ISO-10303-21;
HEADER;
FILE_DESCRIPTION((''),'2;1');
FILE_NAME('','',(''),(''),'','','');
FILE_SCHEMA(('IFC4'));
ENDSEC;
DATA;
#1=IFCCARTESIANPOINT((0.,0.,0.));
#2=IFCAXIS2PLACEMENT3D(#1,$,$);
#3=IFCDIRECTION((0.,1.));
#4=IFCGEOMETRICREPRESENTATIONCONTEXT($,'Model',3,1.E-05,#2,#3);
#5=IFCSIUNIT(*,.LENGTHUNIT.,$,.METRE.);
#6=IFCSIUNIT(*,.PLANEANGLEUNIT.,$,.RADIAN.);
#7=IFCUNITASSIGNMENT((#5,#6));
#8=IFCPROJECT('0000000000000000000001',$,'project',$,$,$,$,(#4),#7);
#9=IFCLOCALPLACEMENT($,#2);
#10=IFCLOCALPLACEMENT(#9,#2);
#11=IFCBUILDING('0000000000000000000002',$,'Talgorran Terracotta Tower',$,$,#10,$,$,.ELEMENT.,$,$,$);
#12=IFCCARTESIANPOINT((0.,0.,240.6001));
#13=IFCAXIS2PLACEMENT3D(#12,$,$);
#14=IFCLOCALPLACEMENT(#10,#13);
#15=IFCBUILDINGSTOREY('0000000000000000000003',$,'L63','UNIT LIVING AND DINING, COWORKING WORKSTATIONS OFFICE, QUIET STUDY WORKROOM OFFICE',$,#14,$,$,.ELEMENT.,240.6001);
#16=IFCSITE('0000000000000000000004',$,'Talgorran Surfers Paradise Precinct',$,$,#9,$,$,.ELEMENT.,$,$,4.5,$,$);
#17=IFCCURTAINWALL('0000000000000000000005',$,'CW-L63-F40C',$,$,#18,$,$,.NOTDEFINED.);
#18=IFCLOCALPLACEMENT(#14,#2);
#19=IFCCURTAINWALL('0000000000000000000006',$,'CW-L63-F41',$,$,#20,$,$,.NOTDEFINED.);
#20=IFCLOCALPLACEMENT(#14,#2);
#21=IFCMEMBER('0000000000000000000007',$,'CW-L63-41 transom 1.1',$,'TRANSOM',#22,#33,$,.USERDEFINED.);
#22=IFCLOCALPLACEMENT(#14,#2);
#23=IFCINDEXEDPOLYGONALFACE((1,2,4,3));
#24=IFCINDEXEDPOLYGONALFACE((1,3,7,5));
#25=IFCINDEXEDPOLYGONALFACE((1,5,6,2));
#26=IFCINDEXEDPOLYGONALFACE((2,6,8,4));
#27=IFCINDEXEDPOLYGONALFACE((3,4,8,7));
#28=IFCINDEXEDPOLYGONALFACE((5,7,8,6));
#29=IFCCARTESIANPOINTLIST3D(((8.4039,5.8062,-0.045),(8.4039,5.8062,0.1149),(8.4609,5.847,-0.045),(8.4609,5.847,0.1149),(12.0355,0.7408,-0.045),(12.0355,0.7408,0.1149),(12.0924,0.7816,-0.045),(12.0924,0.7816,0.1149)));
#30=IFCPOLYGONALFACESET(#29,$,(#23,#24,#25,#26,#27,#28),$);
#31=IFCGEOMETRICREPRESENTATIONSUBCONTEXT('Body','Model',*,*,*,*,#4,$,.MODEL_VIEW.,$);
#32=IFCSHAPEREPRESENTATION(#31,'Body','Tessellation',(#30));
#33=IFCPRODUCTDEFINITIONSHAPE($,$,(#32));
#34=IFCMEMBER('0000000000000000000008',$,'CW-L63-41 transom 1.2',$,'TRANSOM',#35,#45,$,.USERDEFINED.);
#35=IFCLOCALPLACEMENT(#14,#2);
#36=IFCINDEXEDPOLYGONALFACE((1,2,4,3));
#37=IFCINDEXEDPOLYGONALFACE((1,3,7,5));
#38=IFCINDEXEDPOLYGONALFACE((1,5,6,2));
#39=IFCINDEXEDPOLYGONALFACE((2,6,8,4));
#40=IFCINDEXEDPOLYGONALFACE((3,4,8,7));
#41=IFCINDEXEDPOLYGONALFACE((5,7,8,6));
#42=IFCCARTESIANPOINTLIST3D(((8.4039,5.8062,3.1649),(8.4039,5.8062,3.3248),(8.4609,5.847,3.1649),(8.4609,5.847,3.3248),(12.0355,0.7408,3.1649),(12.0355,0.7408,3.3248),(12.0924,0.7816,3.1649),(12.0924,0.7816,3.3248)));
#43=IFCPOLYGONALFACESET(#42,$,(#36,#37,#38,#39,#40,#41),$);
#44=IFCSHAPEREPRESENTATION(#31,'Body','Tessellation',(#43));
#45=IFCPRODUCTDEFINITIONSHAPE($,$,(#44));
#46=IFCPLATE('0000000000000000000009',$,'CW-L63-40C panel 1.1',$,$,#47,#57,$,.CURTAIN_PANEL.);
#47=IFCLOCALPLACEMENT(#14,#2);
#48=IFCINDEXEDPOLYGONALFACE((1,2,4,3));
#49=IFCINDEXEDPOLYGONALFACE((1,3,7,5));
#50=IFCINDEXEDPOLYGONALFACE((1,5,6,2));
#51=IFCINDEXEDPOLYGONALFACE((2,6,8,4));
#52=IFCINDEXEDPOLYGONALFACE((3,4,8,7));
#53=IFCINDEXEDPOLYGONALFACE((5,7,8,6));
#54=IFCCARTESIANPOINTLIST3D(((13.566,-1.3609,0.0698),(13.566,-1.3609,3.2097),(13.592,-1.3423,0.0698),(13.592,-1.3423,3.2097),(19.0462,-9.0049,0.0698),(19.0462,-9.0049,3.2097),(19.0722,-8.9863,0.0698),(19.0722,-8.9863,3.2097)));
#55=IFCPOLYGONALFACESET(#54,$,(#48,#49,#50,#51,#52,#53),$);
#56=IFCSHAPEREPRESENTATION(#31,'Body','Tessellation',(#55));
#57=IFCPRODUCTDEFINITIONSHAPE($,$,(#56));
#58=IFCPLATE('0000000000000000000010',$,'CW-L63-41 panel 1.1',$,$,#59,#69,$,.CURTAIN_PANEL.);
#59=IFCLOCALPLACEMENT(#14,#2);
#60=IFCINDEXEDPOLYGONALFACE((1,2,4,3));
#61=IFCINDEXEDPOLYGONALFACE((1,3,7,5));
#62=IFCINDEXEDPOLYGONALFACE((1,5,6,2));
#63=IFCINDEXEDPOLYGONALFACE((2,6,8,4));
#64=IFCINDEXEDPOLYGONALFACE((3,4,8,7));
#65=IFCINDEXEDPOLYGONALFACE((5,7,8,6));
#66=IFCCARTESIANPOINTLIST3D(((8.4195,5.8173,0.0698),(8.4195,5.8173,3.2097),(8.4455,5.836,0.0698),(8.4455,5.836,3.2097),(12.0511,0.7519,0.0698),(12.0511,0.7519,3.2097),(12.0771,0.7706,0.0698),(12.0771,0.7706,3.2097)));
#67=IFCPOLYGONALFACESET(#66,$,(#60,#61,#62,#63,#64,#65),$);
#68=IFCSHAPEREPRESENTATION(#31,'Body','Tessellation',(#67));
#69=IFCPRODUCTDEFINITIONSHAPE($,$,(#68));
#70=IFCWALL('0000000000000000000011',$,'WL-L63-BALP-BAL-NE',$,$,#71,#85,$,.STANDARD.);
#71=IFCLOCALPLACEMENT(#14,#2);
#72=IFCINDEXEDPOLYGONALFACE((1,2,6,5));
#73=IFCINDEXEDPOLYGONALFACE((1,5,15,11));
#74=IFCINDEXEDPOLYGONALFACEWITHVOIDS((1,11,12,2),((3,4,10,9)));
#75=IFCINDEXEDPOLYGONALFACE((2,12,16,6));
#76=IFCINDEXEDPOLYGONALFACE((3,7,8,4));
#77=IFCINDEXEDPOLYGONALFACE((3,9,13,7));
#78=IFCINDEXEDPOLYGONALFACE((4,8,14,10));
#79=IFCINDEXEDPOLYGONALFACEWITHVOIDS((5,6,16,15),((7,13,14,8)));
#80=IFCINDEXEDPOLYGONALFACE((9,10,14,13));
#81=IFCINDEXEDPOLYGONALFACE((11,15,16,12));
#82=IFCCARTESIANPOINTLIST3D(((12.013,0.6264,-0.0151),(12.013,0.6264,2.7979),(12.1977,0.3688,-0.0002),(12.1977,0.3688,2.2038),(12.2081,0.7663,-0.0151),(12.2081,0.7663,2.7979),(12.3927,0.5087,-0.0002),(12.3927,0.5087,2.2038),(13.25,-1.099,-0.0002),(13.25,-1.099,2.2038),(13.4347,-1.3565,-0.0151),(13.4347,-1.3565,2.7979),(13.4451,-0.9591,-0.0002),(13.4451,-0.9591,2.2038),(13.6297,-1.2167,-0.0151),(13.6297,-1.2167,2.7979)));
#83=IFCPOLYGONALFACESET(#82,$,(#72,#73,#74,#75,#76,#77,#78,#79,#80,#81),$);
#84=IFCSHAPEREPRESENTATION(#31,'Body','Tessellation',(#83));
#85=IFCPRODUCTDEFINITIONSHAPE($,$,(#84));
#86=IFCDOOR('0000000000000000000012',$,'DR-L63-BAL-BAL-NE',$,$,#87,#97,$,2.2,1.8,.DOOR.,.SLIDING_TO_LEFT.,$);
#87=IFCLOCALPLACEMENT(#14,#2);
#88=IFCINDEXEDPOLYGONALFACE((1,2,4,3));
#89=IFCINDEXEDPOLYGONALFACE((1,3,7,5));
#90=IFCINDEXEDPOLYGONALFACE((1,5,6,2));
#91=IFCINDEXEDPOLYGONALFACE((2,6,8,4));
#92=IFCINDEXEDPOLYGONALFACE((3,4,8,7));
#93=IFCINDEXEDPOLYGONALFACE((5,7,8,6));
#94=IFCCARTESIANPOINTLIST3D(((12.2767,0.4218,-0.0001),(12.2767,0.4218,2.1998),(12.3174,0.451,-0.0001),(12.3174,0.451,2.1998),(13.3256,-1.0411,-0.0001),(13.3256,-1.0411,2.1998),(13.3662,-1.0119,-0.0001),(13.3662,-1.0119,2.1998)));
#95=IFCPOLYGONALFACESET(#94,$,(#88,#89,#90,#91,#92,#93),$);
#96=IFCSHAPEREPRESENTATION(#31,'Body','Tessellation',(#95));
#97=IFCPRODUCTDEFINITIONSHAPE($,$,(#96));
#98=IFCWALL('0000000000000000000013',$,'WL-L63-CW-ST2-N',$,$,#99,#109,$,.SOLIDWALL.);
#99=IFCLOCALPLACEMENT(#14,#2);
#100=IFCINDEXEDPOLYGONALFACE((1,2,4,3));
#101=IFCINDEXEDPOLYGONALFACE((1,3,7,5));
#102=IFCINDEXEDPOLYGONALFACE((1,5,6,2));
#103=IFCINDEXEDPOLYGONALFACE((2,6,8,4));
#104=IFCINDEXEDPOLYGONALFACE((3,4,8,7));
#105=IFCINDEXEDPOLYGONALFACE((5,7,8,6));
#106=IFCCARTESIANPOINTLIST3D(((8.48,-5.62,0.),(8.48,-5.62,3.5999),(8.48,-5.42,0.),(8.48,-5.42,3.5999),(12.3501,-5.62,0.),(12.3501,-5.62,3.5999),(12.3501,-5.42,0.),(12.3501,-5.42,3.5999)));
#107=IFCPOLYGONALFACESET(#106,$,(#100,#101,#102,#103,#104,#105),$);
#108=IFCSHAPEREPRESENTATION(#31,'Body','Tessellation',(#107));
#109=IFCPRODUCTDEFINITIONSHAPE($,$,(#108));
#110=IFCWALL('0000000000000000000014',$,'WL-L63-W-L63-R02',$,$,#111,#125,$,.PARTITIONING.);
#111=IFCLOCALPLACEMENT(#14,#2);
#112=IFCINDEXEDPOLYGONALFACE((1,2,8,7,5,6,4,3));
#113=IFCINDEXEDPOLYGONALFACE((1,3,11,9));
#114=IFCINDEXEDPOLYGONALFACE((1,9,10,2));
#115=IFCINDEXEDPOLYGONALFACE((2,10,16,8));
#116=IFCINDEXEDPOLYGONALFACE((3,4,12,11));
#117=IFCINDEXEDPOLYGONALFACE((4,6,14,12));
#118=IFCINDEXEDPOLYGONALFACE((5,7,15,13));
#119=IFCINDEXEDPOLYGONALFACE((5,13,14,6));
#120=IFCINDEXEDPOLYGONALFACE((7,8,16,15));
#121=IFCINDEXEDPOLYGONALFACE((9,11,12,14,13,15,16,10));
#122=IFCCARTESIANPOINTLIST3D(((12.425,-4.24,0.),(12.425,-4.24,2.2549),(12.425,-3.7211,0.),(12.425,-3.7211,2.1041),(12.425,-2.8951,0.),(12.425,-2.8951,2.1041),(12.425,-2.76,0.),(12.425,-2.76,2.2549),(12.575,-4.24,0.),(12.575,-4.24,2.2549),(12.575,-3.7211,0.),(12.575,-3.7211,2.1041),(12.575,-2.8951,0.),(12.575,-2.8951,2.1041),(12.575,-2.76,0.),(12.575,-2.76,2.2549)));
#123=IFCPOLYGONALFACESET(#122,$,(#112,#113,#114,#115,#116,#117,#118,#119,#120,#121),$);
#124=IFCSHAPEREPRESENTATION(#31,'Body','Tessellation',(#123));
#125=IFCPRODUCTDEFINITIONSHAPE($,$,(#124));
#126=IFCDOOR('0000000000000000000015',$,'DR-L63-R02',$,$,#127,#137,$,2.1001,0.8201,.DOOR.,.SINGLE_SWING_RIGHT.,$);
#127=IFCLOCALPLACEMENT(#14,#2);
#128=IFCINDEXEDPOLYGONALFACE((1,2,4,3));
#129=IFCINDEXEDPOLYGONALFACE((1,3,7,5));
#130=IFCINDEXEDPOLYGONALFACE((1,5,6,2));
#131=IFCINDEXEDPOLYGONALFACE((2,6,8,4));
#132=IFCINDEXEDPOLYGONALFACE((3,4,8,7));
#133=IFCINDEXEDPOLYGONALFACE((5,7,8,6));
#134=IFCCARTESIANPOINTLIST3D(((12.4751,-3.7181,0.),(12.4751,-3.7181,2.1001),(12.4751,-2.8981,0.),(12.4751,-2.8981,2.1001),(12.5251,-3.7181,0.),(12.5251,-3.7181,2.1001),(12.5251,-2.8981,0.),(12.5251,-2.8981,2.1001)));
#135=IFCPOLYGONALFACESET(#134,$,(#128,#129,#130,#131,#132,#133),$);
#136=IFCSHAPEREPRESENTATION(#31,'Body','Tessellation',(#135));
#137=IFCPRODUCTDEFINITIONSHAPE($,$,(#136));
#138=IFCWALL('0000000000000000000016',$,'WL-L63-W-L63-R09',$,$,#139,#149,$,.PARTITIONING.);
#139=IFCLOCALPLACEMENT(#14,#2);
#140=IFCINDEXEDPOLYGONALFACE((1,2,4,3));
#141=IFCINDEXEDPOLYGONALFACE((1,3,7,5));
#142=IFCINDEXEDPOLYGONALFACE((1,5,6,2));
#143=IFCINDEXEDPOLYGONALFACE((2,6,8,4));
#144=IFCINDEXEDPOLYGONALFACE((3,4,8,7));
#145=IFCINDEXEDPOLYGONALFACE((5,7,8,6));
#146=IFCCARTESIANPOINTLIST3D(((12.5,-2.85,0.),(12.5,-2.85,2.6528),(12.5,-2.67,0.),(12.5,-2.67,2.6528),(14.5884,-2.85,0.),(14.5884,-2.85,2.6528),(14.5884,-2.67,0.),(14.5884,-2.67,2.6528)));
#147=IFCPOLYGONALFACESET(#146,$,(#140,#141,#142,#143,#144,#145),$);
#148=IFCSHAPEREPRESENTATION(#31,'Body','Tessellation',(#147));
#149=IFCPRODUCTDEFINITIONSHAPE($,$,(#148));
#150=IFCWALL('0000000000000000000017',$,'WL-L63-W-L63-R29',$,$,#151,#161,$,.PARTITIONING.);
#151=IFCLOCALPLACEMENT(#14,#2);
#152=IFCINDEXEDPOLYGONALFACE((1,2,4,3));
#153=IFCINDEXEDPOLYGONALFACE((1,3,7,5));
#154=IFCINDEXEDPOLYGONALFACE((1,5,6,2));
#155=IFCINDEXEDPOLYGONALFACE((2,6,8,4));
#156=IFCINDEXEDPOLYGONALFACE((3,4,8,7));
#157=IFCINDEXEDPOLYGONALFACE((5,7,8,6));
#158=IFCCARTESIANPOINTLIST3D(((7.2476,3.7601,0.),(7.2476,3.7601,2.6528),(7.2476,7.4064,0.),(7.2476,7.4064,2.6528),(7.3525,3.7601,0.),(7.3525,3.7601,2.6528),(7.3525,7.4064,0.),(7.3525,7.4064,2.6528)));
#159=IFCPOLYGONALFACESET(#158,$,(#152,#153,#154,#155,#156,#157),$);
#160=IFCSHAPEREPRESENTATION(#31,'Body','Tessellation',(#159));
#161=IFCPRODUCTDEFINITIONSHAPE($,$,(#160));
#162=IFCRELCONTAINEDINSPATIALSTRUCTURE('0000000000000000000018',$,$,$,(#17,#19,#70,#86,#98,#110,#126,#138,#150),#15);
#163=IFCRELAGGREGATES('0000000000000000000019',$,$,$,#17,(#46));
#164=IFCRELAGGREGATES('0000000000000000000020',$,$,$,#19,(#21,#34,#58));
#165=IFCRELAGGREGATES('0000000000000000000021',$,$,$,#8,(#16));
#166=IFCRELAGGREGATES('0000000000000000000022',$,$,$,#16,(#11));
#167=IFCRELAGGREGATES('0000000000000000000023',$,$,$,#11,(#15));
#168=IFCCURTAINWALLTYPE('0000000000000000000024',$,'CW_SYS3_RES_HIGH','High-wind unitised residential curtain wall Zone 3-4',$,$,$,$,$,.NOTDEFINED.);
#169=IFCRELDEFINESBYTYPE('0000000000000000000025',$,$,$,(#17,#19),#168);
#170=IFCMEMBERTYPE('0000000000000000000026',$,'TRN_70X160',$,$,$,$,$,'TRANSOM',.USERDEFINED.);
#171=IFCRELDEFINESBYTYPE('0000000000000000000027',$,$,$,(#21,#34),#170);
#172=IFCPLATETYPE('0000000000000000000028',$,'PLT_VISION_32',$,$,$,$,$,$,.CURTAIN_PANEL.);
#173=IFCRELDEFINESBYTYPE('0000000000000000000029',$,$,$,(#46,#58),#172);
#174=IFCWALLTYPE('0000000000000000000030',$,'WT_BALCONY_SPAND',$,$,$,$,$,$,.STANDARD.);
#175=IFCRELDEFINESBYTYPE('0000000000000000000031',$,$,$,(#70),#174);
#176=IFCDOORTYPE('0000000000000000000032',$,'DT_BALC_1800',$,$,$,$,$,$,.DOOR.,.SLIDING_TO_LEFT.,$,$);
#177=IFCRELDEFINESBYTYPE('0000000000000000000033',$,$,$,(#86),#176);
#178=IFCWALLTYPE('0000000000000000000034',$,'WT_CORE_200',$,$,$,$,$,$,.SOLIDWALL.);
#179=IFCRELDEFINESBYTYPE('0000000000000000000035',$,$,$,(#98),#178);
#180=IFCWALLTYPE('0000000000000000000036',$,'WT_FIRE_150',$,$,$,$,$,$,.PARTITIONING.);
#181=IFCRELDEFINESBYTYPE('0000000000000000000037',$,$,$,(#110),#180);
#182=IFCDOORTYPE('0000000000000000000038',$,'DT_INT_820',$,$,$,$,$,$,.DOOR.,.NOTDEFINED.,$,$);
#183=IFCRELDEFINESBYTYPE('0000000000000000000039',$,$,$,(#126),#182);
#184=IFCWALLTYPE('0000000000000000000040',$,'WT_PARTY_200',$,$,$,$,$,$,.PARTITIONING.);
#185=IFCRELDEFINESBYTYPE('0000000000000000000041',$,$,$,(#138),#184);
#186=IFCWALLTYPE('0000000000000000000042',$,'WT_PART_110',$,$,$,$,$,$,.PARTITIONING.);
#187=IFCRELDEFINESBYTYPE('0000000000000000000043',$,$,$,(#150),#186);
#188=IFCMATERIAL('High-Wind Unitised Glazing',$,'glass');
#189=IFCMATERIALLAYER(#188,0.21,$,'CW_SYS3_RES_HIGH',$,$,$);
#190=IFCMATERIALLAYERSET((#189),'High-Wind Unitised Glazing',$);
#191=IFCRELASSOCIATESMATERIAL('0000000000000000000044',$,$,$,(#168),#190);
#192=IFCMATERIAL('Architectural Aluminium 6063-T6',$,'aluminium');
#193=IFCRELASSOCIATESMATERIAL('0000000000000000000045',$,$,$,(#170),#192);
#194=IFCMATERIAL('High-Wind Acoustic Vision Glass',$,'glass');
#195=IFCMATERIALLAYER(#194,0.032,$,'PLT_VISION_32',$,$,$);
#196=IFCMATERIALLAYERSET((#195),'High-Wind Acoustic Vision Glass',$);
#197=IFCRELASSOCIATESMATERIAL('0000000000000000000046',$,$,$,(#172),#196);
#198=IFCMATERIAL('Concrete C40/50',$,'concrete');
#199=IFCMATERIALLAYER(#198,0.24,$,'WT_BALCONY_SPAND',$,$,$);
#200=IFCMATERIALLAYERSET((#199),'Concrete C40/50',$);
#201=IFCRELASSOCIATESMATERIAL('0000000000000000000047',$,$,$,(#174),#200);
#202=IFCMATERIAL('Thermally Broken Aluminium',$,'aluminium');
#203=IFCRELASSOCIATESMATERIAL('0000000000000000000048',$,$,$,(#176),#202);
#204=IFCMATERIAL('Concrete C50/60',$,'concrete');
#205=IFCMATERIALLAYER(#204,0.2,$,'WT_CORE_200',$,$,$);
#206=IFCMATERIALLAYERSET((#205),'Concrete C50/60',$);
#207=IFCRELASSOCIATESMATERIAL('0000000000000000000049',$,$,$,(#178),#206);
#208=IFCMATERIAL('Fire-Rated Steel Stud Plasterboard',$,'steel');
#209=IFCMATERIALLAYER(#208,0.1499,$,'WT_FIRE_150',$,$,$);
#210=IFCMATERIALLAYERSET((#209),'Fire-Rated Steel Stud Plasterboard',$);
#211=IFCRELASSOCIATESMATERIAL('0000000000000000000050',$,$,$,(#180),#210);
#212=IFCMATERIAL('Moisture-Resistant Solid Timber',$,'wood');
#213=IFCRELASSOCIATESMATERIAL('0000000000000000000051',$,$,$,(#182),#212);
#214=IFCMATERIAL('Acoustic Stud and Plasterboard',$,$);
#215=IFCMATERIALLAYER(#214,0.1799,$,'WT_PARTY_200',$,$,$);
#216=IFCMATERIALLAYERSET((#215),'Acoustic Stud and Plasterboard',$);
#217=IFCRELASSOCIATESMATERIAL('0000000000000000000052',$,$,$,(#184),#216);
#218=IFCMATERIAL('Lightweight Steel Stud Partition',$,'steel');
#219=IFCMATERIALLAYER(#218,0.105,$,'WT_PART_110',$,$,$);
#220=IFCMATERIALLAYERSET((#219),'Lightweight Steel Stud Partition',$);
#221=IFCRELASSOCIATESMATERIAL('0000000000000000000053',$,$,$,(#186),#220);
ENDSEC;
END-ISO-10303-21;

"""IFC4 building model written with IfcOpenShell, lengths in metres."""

from ifc_helpers import new_model, si_unit, direction, frame, frame_2d, origin, origin_2d, place, context, subcontext, project, spatial, rectangle, extrude, source, transform, mapped, material, layer, layer_set, material_profile, profile_set, type_object, type_shapes, element, fill, aggregate, save


model = new_model("IFC4")

# Units and contexts
model_context = context("Model", 3, precision=1e-05, world=origin(), true_north=direction((0.0, 1.0)))
body_context = subcontext(model_context, "Body", "Model", "MODEL_VIEW")
ifc_project = project(units=[si_unit("LENGTHUNIT", "METRE"), si_unit("PLANEANGLEUNIT", "RADIAN")], contexts=[model_context])

# Site, building, storey
site_placement = place(None, origin())
site = spatial("IfcSite", under=ifc_project, at=site_placement, Name="Talgorran Surfers Paradise Precinct", CompositionType="ELEMENT", RefElevation=4.5)
building_placement = place(site_placement, origin())
building = spatial("IfcBuilding", under=site, at=building_placement, Name="Talgorran Terracotta Tower", CompositionType="ELEMENT")
storey_placement = place(building_placement, frame((0.0, 0.0, 240.6001)))
storey = spatial("IfcBuildingStorey", under=building, at=storey_placement, Name="L63", Description="UNIT LIVING AND DINING, COWORKING WORKSTATIONS OFFICE, QUIET STUDY WORKROOM OFFICE", CompositionType="ELEMENT", Elevation=240.6001)

# Curtain wall
ifc_material_1 = material(Name="High-Wind Unitised Glazing", Category="glass")
ifc_layer_1 = layer(ifc_material_1, 0.21, Name="CW_SYS3_RES_HIGH")
ifc_layer_set_1 = layer_set([ifc_layer_1], Name="High-Wind Unitised Glazing")
curtain_wall_type = type_object("IfcCurtainWallType", Name="CW_SYS3_RES_HIGH", Description="High-wind unitised residential curtain wall Zone 3-4", PredefinedType="NOTDEFINED", material=ifc_layer_set_1)
curtain_wall_1_placement = place(storey_placement, origin())
curtain_wall_1 = element("IfcCurtainWall", 1, at=curtain_wall_1_placement, inside=storey, type_object=curtain_wall_type, Name="CW-L63-F40C", PredefinedType="NOTDEFINED")
ifc_material_2 = material(Name="Architectural Aluminium 6063-T6", Category="aluminium")

# Curtain wall, members
curtain_wall_2_placement = place(storey_placement, origin())
curtain_wall_2 = element("IfcCurtainWall", 2, at=curtain_wall_2_placement, inside=storey, type_object=curtain_wall_type, Name="CW-L63-F41", PredefinedType="NOTDEFINED")
ifc_material_profile_1 = material_profile(ifc_material_2, rectangle(XDim=0.0701, YDim=0.1599, at=origin_2d()), Name="CWT70X160")
ifc_profile_set_1 = profile_set([ifc_material_profile_1], Name="Architectural Aluminium 6063-T6")
member_type_1 = type_object("IfcMemberType", Name="TRN_70X160", ElementType="TRANSOM", PredefinedType="USERDEFINED", material=ifc_profile_set_1)
member_1_placement = place(storey_placement, frame((12.064, 0.7612, 0.0349), z_axis=(-0.582664, 0.812713, 0.0), x_axis=(-0.812713, -0.582664, 0.0)))
member_1 = element("IfcMember", 3, at=member_1_placement, type_object=member_type_1, Name="CW-L63-41 transom 1.1", ObjectType="TRANSOM", PredefinedType="USERDEFINED", context=body_context, shape_type="SweptSolid", body=[
    extrude(rectangle(XDim=0.0701, YDim=0.1599, at=origin_2d()), origin(), (0.0, 0.0, 1.0), 6.2327),
])
member_2_placement = place(storey_placement, frame((12.064, 0.7612, 3.2449), z_axis=(-0.582664, 0.812713, 0.0), x_axis=(-0.812713, -0.582664, 0.0)))
member_2 = element("IfcMember", 4, at=member_2_placement, type_object=member_type_1, Name="CW-L63-41 transom 1.2", ObjectType="TRANSOM", PredefinedType="USERDEFINED", context=body_context, shape_type="SweptSolid", body=[
    extrude(rectangle(XDim=0.0701, YDim=0.1599, at=origin_2d()), origin(), (0.0, 0.0, 1.0), 6.2327),
])

# Plates
ifc_material_3 = material(Name="High-Wind Acoustic Vision Glass", Category="glass")
ifc_layer_2 = layer(ifc_material_3, 0.032, Name="PLT_VISION_32")
ifc_layer_set_2 = layer_set([ifc_layer_2], Name="High-Wind Acoustic Vision Glass")
plate_type = type_object("IfcPlateType", Name="PLT_VISION_32", PredefinedType="CURTAIN_PANEL", material=ifc_layer_set_2)
shared_shape_1 = source(origin(), body_context, "Body", "SweptSolid", [
    extrude(rectangle(XDim=9.4055, YDim=0.032, at=origin_2d()), origin(), (0.0, 0.0, 1.0), 3.1399),
])
plate_1_placement = place(storey_placement, frame((16.3191, -5.1736, 0.0698), z_axis=(0.0, 0.0, 1.0), x_axis=(-0.582665, 0.812712, 0.0)))
plate_1 = element("IfcPlate", 5, at=plate_1_placement, type_object=plate_type, Name="CW-L63-40C panel 1.1", PredefinedType="CURTAIN_PANEL", context=body_context, shape_type="MappedRepresentation", body=[
    mapped(shared_shape_1, transform((0.0, 0.0, 0.0), scale=1.0)),
])
aggregate(curtain_wall_1, [plate_1])
shared_shape_2 = source(origin(), body_context, "Body", "SweptSolid", [
    extrude(rectangle(XDim=6.2327, YDim=0.032, at=origin_2d()), origin(), (0.0, 0.0, 1.0), 3.1399),
])
type_shapes(plate_type, [shared_shape_1, shared_shape_2])
plate_2_placement = place(storey_placement, frame((10.2483, 3.2939, 0.0698), z_axis=(0.0, 0.0, 1.0), x_axis=(-0.582661, 0.812715, 0.0)))
plate_2 = element("IfcPlate", 6, at=plate_2_placement, type_object=plate_type, Name="CW-L63-41 panel 1.1", PredefinedType="CURTAIN_PANEL", context=body_context, shape_type="MappedRepresentation", body=[
    mapped(shared_shape_2, transform((0.0, 0.0, 0.0), scale=1.0)),
])
aggregate(curtain_wall_2, [member_1, member_2, plate_2])

# Wall, opening, door
ifc_material_4 = material(Name="Concrete C40/50", Category="concrete")
ifc_layer_3 = layer(ifc_material_4, 0.24, Name="WT_BALCONY_SPAND")
ifc_layer_set_3 = layer_set([ifc_layer_3], Name="Concrete C40/50")
wall_type_1 = type_object("IfcWallType", Name="WT_BALCONY_SPAND", PredefinedType="STANDARD", material=ifc_layer_set_3)
wall_1_placement = place(storey_placement, frame((13.5322, -1.2866, -0.0151), z_axis=(0.0, 0.0, 1.0), x_axis=(-0.582667, 0.812711, 0.0)))
wall_1 = element("IfcWall", 7, at=wall_1_placement, inside=storey, type_object=wall_type_1, Name="WL-L63-BALP-BAL-NE", PredefinedType="STANDARD", context=body_context, shape_type="SweptSolid", body=[
    extrude(rectangle(XDim=2.4399, YDim=0.24, at=frame_2d((1.22, 0.0))), origin(), (0.0, 0.0, 1.0), 2.813),
])
opening_1_placement = place(wall_1_placement, frame((0.3201, 0.0, 0.0149)))
opening_1 = element("IfcOpeningElement", 8, at=opening_1_placement, cuts=wall_1, PredefinedType="OPENING", context=body_context, shape_type="SweptSolid", body=[
    extrude(rectangle(XDim=1.806, YDim=2.204, at=frame_2d((0.8999, 1.1021))), frame((0.0, 0.1299, 0.0), z_axis=(0.0, -1.0, 0.0), x_axis=(1.0, 0.0, 0.0)), (0.0, 0.0, 1.0), 0.26),
])
ifc_material_5 = material(Name="Thermally Broken Aluminium", Category="aluminium")
door_type_1 = type_object("IfcDoorType", Name="DT_BALC_1800", OperationType="SLIDING_TO_LEFT", PredefinedType="DOOR", material=ifc_material_5)
door_1_placement = place(opening_1_placement, origin())
door_1 = element("IfcDoor", 9, at=door_1_placement, inside=storey, type_object=door_type_1, Name="DR-L63-BAL-BAL-NE", OperationType="SLIDING_TO_LEFT", OverallHeight=2.2, OverallWidth=1.8, PredefinedType="DOOR", context=body_context, shape_type="SweptSolid", body=[
    extrude(rectangle(XDim=1.8, YDim=2.2, at=frame_2d((0.8999, 1.1001))), frame((0.0, 0.0249, 0.0), z_axis=(0.0, -1.0, 0.0), x_axis=(1.0, 0.0, 0.0)), (0.0, 0.0, 1.0), 0.05),
])
fill(opening_1, door_1)

# Wall
ifc_material_6 = material(Name="Concrete C50/60", Category="concrete")
ifc_layer_4 = layer(ifc_material_6, 0.2, Name="WT_CORE_200")
ifc_layer_set_4 = layer_set([ifc_layer_4], Name="Concrete C50/60")
wall_type_2 = type_object("IfcWallType", Name="WT_CORE_200", PredefinedType="SOLIDWALL", material=ifc_layer_set_4)
wall_2_placement = place(storey_placement, frame((8.48, -5.52, 0.0), z_axis=(0.0, 0.0, 1.0), x_axis=(1.0, 0.0, 0.0)))
element("IfcWall", 10, at=wall_2_placement, inside=storey, type_object=wall_type_2, Name="WL-L63-CW-ST2-N", PredefinedType="SOLIDWALL", context=body_context, shape_type="SweptSolid", body=[
    extrude(rectangle(XDim=3.8701, YDim=0.2, at=frame_2d((1.9351, 0.0))), origin(), (0.0, 0.0, 1.0), 3.5999),
])

# Wall, opening, door
ifc_material_7 = material(Name="Fire-Rated Steel Stud Plasterboard", Category="steel")
ifc_layer_5 = layer(ifc_material_7, 0.1499, Name="WT_FIRE_150")
ifc_layer_set_5 = layer_set([ifc_layer_5], Name="Fire-Rated Steel Stud Plasterboard")
wall_type_3 = type_object("IfcWallType", Name="WT_FIRE_150", PredefinedType="PARTITIONING", material=ifc_layer_set_5)
wall_3_placement = place(storey_placement, frame((12.5, -4.24, 0.0), z_axis=(0.0, 0.0, 1.0), x_axis=(0.0, 1.0, 0.0)))
wall_3 = element("IfcWall", 11, at=wall_3_placement, inside=storey, type_object=wall_type_3, Name="WL-L63-W-L63-R02", PredefinedType="PARTITIONING", context=body_context, shape_type="SweptSolid", body=[
    extrude(rectangle(XDim=1.48, YDim=0.1499, at=frame_2d((0.74, 0.0))), origin(), (0.0, 0.0, 1.0), 2.2549),
])
opening_2_placement = place(wall_3_placement, frame((0.5217, 0.0, 0.0)))
opening_2 = element("IfcOpeningElement", 12, at=opening_2_placement, cuts=wall_3, PredefinedType="OPENING", context=body_context, shape_type="SweptSolid", body=[
    extrude(rectangle(XDim=0.8261, YDim=2.1041, at=frame_2d((0.4102, 1.052))), frame((0.0, 0.085, 0.0), z_axis=(0.0, -1.0, 0.0), x_axis=(1.0, 0.0, 0.0)), (0.0, 0.0, 1.0), 0.1699),
])
ifc_material_8 = material(Name="Moisture-Resistant Solid Timber", Category="wood")
door_type_2 = type_object("IfcDoorType", Name="DT_INT_820", OperationType="NOTDEFINED", PredefinedType="DOOR", material=ifc_material_8)
door_2_placement = place(opening_2_placement, origin())
door_2 = element("IfcDoor", 13, at=door_2_placement, inside=storey, type_object=door_type_2, Name="DR-L63-R02", OperationType="SINGLE_SWING_RIGHT", OverallHeight=2.1001, OverallWidth=0.8201, PredefinedType="DOOR", context=body_context, shape_type="SweptSolid", body=[
    extrude(rectangle(XDim=0.8201, YDim=2.1001, at=frame_2d((0.4102, 1.05))), frame((0.0, 0.0249, 0.0), z_axis=(0.0, -1.0, 0.0), x_axis=(1.0, 0.0, 0.0)), (0.0, 0.0, 1.0), 0.05),
])
fill(opening_2, door_2)

# Walls
ifc_material_9 = material(Name="Acoustic Stud and Plasterboard")
ifc_layer_6 = layer(ifc_material_9, 0.1799, Name="WT_PARTY_200")
ifc_layer_set_6 = layer_set([ifc_layer_6], Name="Acoustic Stud and Plasterboard")
wall_type_4 = type_object("IfcWallType", Name="WT_PARTY_200", PredefinedType="PARTITIONING", material=ifc_layer_set_6)
wall_4_placement = place(storey_placement, frame((12.5, -2.76, 0.0), z_axis=(0.0, 0.0, 1.0), x_axis=(1.0, 0.0, 0.0)))
element("IfcWall", 14, at=wall_4_placement, inside=storey, type_object=wall_type_4, Name="WL-L63-W-L63-R09", PredefinedType="PARTITIONING", context=body_context, shape_type="SweptSolid", body=[
    extrude(rectangle(XDim=2.0884, YDim=0.1799, at=frame_2d((1.0442, 0.0))), origin(), (0.0, 0.0, 1.0), 2.6528),
])
ifc_material_10 = material(Name="Lightweight Steel Stud Partition", Category="steel")
ifc_layer_7 = layer(ifc_material_10, 0.105, Name="WT_PART_110")
ifc_layer_set_7 = layer_set([ifc_layer_7], Name="Lightweight Steel Stud Partition")
wall_type_5 = type_object("IfcWallType", Name="WT_PART_110", PredefinedType="PARTITIONING", material=ifc_layer_set_7)
wall_5_placement = place(storey_placement, frame((7.3, 3.76, 0.0), z_axis=(0.0, 0.0, 1.0), x_axis=(0.0, 1.0, 0.0)))
element("IfcWall", 15, at=wall_5_placement, inside=storey, type_object=wall_type_5, Name="WL-L63-W-L63-R29", PredefinedType="PARTITIONING", context=body_context, shape_type="SweptSolid", body=[
    extrude(rectangle(XDim=3.6462, YDim=0.105, at=frame_2d((1.8232, 0.0))), origin(), (0.0, 0.0, 1.0), 2.6528),
])

save(model, "model.ifc")
